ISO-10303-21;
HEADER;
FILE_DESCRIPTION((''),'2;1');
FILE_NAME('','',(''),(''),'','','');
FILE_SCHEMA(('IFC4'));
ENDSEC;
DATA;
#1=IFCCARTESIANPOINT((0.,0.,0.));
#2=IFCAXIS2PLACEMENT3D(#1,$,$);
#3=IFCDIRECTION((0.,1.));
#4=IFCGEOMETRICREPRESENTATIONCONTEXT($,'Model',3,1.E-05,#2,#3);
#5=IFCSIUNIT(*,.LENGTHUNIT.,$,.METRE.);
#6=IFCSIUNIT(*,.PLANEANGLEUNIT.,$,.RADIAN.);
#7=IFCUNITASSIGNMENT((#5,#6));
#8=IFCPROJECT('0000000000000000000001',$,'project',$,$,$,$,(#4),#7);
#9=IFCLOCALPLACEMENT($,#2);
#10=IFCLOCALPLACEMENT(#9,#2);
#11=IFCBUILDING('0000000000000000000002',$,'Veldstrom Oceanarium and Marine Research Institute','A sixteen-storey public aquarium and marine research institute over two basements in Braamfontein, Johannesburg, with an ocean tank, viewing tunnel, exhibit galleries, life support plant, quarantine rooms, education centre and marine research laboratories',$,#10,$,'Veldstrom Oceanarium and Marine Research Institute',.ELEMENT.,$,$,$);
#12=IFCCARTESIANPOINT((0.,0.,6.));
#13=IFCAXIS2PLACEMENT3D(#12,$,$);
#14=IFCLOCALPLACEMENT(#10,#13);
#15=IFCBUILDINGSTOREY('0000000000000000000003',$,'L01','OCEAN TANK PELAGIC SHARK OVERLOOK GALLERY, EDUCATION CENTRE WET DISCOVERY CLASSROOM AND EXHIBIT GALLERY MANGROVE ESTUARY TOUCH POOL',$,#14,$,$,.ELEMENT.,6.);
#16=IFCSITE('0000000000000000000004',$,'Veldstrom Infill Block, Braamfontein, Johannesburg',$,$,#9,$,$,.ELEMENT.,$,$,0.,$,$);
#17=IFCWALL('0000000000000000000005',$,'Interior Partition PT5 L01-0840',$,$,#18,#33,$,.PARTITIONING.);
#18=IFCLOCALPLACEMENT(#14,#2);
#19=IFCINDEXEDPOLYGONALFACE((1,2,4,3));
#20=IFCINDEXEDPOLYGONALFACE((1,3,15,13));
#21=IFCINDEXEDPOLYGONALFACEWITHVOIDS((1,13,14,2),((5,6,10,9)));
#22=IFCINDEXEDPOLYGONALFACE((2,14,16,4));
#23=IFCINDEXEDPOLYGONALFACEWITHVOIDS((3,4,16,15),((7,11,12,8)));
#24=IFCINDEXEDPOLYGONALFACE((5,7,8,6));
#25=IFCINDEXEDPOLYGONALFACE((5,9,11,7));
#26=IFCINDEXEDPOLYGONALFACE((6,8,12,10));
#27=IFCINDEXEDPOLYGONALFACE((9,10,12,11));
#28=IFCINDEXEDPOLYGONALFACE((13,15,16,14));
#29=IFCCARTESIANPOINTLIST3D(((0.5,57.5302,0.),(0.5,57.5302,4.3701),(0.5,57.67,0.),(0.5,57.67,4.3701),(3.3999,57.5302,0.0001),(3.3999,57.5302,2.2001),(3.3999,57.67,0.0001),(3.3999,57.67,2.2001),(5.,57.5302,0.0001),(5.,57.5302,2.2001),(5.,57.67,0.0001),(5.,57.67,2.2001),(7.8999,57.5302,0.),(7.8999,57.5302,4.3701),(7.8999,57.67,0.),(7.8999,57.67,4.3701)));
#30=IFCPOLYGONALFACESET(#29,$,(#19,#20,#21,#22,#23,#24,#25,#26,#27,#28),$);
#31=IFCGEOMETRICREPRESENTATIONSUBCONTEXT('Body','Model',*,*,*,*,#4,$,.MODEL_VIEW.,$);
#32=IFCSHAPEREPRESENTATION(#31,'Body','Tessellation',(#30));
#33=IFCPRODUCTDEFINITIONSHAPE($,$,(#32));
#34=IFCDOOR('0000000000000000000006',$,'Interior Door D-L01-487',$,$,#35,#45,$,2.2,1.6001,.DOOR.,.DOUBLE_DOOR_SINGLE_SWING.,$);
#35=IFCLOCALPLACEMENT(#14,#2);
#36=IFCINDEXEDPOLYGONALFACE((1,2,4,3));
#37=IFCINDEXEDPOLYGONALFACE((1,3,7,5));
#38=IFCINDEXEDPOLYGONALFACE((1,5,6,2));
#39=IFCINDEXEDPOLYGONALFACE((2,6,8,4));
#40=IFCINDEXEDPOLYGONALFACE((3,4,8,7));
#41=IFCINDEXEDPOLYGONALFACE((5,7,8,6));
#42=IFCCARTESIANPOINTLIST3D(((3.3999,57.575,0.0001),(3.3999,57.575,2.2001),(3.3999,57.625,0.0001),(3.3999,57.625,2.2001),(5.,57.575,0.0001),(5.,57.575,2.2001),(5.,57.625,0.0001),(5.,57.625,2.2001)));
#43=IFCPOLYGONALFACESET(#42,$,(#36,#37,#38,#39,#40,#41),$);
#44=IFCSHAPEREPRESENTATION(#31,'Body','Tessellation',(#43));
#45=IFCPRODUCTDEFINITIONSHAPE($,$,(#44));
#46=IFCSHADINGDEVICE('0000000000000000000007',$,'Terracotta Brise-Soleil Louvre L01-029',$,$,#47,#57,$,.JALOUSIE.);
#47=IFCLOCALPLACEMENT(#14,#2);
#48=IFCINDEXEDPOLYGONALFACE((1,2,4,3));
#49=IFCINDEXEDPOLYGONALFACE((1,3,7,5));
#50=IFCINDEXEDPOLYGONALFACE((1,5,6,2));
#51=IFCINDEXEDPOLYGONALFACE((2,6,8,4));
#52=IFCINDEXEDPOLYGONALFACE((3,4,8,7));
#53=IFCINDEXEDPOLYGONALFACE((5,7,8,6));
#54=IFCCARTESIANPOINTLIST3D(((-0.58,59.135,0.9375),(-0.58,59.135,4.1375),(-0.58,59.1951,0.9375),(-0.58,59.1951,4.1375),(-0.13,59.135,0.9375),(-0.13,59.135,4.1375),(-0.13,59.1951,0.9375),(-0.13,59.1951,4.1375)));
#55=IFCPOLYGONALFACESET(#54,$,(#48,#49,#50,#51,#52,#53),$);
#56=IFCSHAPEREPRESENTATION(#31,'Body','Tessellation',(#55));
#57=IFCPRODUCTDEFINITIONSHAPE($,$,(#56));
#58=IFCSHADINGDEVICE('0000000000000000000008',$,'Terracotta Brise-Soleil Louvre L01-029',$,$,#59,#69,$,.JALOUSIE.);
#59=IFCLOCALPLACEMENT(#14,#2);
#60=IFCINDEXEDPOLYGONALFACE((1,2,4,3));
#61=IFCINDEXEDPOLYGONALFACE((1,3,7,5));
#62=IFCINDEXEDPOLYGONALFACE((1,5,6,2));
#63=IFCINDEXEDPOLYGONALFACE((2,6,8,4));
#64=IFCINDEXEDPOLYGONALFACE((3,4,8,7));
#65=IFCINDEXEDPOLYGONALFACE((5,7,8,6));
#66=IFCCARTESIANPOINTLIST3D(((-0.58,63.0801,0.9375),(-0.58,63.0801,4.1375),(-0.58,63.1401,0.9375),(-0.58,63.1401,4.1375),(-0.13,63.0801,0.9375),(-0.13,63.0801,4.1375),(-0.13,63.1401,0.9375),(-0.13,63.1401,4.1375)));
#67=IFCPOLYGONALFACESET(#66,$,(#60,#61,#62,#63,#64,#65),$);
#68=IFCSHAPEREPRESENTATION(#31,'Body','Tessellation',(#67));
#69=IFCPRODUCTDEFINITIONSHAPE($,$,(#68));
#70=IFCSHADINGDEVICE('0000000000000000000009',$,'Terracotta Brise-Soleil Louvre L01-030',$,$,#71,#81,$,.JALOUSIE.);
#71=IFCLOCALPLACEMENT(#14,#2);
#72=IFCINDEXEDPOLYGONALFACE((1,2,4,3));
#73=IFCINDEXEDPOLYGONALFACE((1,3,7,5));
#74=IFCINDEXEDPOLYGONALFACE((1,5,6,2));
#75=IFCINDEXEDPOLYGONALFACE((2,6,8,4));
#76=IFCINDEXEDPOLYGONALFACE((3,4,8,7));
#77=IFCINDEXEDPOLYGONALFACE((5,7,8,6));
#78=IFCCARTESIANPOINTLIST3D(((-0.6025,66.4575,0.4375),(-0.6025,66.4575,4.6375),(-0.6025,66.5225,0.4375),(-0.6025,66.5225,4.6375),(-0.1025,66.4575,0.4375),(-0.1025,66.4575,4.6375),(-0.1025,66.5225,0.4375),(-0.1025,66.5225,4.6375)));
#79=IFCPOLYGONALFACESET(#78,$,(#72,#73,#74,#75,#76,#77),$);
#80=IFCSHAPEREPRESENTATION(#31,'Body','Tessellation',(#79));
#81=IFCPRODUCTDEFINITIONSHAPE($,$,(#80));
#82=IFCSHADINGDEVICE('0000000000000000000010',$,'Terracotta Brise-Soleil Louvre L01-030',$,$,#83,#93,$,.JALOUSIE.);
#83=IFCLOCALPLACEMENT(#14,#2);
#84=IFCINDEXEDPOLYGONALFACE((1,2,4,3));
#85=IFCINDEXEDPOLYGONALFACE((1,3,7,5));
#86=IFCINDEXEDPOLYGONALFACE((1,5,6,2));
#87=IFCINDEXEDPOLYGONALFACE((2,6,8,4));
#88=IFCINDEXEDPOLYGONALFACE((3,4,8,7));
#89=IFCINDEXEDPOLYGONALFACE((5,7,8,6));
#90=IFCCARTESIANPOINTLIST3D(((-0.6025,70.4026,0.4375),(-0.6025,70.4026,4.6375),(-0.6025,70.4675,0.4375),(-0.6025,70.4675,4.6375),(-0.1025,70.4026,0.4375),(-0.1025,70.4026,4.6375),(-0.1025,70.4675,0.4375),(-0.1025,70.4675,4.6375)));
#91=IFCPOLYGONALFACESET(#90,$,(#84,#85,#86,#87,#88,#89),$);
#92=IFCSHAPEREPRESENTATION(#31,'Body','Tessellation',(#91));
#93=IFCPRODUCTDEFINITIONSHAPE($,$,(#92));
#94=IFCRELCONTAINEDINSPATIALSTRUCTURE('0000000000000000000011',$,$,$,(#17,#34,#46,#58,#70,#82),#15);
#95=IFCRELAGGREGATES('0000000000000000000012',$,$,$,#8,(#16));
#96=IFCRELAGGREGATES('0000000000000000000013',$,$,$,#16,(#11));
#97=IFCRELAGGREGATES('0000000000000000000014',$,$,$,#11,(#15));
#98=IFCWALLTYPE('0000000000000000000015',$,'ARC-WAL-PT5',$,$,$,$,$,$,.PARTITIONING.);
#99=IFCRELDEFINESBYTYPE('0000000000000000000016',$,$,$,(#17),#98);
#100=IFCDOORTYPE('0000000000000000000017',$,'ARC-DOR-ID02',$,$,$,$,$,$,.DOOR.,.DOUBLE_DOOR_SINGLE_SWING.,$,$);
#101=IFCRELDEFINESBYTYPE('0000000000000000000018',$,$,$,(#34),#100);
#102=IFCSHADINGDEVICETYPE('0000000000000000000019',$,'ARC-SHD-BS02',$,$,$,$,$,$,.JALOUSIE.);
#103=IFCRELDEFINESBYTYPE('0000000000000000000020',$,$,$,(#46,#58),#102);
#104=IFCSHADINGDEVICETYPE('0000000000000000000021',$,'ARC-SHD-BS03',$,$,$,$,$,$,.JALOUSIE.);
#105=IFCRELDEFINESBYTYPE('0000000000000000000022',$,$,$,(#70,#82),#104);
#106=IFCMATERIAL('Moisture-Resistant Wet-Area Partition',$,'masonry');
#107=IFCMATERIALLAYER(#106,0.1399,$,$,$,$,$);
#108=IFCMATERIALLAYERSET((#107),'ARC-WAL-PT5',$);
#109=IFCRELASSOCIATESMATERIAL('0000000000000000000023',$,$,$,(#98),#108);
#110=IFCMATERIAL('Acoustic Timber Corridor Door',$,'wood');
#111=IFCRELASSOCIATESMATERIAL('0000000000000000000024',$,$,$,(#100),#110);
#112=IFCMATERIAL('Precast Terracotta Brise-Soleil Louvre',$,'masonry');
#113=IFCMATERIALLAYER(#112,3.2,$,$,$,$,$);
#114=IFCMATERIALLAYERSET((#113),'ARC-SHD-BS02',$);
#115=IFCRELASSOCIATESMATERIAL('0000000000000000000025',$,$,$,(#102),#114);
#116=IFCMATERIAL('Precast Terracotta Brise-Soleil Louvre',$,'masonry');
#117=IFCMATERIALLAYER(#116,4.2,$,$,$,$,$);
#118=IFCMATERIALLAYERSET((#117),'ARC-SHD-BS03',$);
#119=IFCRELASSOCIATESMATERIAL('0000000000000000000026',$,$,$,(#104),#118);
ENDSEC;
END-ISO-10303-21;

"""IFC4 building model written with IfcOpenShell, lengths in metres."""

from ifc_helpers import new_model, si_unit, direction, frame, frame_2d, origin, origin_2d, place, context, subcontext, project, spatial, rectangle, extrude, material, layer, layer_set, type_object, element, fill, save


model = new_model("IFC4")

# Units and contexts
model_context = context("Model", 3, precision=1e-05, world=origin(), true_north=direction((0.0, 1.0)))
body_context = subcontext(model_context, "Body", "Model", "MODEL_VIEW")
ifc_project = project(units=[si_unit("LENGTHUNIT", "METRE"), si_unit("PLANEANGLEUNIT", "RADIAN")], contexts=[model_context])

# Site, building, storey
site_placement = place(None, origin())
site = spatial("IfcSite", under=ifc_project, at=site_placement, Name="Veldstrom Infill Block, Braamfontein, Johannesburg", CompositionType="ELEMENT", RefElevation=0.0)
building_placement = place(site_placement, origin())
building = spatial("IfcBuilding", under=site, at=building_placement, Name="Veldstrom Oceanarium and Marine Research Institute", Description="A sixteen-storey public aquarium and marine research institute over two basements in Braamfontein, Johannesburg, with an ocean tank, viewing tunnel, exhibit galleries, life support plant, quarantine rooms, education centre and marine research laboratories", LongName="Veldstrom Oceanarium and Marine Research Institute", CompositionType="ELEMENT")
storey_placement = place(building_placement, frame((0.0, 0.0, 6.0)))
storey = spatial("IfcBuildingStorey", under=building, at=storey_placement, Name="L01", Description="OCEAN TANK PELAGIC SHARK OVERLOOK GALLERY, EDUCATION CENTRE WET DISCOVERY CLASSROOM AND EXHIBIT GALLERY MANGROVE ESTUARY TOUCH POOL", CompositionType="ELEMENT", Elevation=6.0)

# Wall, opening, door
ifc_material_1 = material(Name="Moisture-Resistant Wet-Area Partition", Category="masonry")
ifc_layer_1 = layer(ifc_material_1, 0.1399)
ifc_layer_set_1 = layer_set([ifc_layer_1], Name="ARC-WAL-PT5")
wall_type_1 = type_object("IfcWallType", Name="ARC-WAL-PT5", PredefinedType="PARTITIONING", material=ifc_layer_set_1)
wall_1_placement = place(storey_placement, frame((0.5, 57.6001, 0.0), z_axis=(0.0, 0.0, 1.0), x_axis=(1.0, 0.0, 0.0)))
wall_1 = element("IfcWall", 1, at=wall_1_placement, inside=storey, type_object=wall_type_1, Name="Interior Partition PT5 L01-0840", PredefinedType="PARTITIONING", context=body_context, shape_type="SweptSolid", body=[
    extrude(rectangle(XDim=7.3999, YDim=0.1399, at=frame_2d((3.7, 0.0))), origin(), (0.0, 0.0, 1.0), 4.3701),
])
opening_1_placement = place(wall_1_placement, frame((2.8999, 0.0, 0.0)))
opening_1 = element("IfcOpeningElement", 2, at=opening_1_placement, cuts=wall_1, PredefinedType="OPENING", context=body_context, shape_type="SweptSolid", body=[
    extrude(rectangle(XDim=1.6001, YDim=2.2, at=frame_2d((0.8, 1.1001))), frame((0.0, 0.0798, 0.0), z_axis=(0.0, -1.0, 0.0), x_axis=(1.0, 0.0, 0.0)), (0.0, 0.0, 1.0), 0.1599),
])
ifc_material_2 = material(Name="Acoustic Timber Corridor Door", Category="wood")
door_type_1 = type_object("IfcDoorType", Name="ARC-DOR-ID02", OperationType="DOUBLE_DOOR_SINGLE_SWING", PredefinedType="DOOR", material=ifc_material_2)
door_1_placement = place(opening_1_placement, origin())
door_1 = element("IfcDoor", 3, at=door_1_placement, inside=storey, type_object=door_type_1, Name="Interior Door D-L01-487", OperationType="DOUBLE_DOOR_SINGLE_SWING", OverallHeight=2.2, OverallWidth=1.6001, PredefinedType="DOOR", context=body_context, shape_type="SweptSolid", body=[
    extrude(rectangle(XDim=1.6001, YDim=2.2, at=frame_2d((0.8, 1.1001))), frame((0.0, 0.0249, 0.0), z_axis=(0.0, -1.0, 0.0), x_axis=(1.0, 0.0, 0.0)), (0.0, 0.0, 1.0), 0.05),
])
fill(opening_1, door_1)

# Shading devices
ifc_material_3 = material(Name="Precast Terracotta Brise-Soleil Louvre", Category="masonry")
ifc_layer_2 = layer(ifc_material_3, 3.2)
ifc_layer_set_2 = layer_set([ifc_layer_2], Name="ARC-SHD-BS02")
shading_device_type_1 = type_object("IfcShadingDeviceType", Name="ARC-SHD-BS02", PredefinedType="JALOUSIE", material=ifc_layer_set_2)
for number, where, z_axis, x_axis, name in (
    (4, (-0.355, 59.165, 0.9375), (0.0, 0.0, 1.0), (1.0, 0.0, 0.0), "Terracotta Brise-Soleil Louvre L01-029"),
    (5, (-0.355, 63.1101, 0.9375), (0.0, 0.0, 1.0), (1.0, 0.0, 0.0), "Terracotta Brise-Soleil Louvre L01-029"),
):
    element("IfcShadingDevice", number, at=place(storey_placement, frame(where, z_axis=z_axis, x_axis=x_axis)), inside=storey, type_object=shading_device_type_1, Name=name, PredefinedType="JALOUSIE", context=body_context, shape_type="SweptSolid", body=[
        extrude(rectangle(XDim=0.45, YDim=0.0601, at=origin_2d()), origin(), (0.0, 0.0, 1.0), 3.2),
    ])
ifc_material_4 = material(Name="Precast Terracotta Brise-Soleil Louvre", Category="masonry")
ifc_layer_3 = layer(ifc_material_4, 4.2)
ifc_layer_set_3 = layer_set([ifc_layer_3], Name="ARC-SHD-BS03")
shading_device_type_2 = type_object("IfcShadingDeviceType", Name="ARC-SHD-BS03", PredefinedType="JALOUSIE", material=ifc_layer_set_3)
for number, where, z_axis, x_axis, name in (
    (6, (-0.3525, 66.49, 0.4375), (0.0, 0.0, 1.0), (1.0, 0.0, 0.0), "Terracotta Brise-Soleil Louvre L01-030"),
    (7, (-0.3525, 70.4351, 0.4375), (0.0, 0.0, 1.0), (1.0, 0.0, 0.0), "Terracotta Brise-Soleil Louvre L01-030"),
):
    element("IfcShadingDevice", number, at=place(storey_placement, frame(where, z_axis=z_axis, x_axis=x_axis)), inside=storey, type_object=shading_device_type_2, Name=name, PredefinedType="JALOUSIE", context=body_context, shape_type="SweptSolid", body=[
        extrude(rectangle(XDim=0.5, YDim=0.0649, at=origin_2d()), origin(), (0.0, 0.0, 1.0), 4.2),
    ])

save(model, "model.ifc")
